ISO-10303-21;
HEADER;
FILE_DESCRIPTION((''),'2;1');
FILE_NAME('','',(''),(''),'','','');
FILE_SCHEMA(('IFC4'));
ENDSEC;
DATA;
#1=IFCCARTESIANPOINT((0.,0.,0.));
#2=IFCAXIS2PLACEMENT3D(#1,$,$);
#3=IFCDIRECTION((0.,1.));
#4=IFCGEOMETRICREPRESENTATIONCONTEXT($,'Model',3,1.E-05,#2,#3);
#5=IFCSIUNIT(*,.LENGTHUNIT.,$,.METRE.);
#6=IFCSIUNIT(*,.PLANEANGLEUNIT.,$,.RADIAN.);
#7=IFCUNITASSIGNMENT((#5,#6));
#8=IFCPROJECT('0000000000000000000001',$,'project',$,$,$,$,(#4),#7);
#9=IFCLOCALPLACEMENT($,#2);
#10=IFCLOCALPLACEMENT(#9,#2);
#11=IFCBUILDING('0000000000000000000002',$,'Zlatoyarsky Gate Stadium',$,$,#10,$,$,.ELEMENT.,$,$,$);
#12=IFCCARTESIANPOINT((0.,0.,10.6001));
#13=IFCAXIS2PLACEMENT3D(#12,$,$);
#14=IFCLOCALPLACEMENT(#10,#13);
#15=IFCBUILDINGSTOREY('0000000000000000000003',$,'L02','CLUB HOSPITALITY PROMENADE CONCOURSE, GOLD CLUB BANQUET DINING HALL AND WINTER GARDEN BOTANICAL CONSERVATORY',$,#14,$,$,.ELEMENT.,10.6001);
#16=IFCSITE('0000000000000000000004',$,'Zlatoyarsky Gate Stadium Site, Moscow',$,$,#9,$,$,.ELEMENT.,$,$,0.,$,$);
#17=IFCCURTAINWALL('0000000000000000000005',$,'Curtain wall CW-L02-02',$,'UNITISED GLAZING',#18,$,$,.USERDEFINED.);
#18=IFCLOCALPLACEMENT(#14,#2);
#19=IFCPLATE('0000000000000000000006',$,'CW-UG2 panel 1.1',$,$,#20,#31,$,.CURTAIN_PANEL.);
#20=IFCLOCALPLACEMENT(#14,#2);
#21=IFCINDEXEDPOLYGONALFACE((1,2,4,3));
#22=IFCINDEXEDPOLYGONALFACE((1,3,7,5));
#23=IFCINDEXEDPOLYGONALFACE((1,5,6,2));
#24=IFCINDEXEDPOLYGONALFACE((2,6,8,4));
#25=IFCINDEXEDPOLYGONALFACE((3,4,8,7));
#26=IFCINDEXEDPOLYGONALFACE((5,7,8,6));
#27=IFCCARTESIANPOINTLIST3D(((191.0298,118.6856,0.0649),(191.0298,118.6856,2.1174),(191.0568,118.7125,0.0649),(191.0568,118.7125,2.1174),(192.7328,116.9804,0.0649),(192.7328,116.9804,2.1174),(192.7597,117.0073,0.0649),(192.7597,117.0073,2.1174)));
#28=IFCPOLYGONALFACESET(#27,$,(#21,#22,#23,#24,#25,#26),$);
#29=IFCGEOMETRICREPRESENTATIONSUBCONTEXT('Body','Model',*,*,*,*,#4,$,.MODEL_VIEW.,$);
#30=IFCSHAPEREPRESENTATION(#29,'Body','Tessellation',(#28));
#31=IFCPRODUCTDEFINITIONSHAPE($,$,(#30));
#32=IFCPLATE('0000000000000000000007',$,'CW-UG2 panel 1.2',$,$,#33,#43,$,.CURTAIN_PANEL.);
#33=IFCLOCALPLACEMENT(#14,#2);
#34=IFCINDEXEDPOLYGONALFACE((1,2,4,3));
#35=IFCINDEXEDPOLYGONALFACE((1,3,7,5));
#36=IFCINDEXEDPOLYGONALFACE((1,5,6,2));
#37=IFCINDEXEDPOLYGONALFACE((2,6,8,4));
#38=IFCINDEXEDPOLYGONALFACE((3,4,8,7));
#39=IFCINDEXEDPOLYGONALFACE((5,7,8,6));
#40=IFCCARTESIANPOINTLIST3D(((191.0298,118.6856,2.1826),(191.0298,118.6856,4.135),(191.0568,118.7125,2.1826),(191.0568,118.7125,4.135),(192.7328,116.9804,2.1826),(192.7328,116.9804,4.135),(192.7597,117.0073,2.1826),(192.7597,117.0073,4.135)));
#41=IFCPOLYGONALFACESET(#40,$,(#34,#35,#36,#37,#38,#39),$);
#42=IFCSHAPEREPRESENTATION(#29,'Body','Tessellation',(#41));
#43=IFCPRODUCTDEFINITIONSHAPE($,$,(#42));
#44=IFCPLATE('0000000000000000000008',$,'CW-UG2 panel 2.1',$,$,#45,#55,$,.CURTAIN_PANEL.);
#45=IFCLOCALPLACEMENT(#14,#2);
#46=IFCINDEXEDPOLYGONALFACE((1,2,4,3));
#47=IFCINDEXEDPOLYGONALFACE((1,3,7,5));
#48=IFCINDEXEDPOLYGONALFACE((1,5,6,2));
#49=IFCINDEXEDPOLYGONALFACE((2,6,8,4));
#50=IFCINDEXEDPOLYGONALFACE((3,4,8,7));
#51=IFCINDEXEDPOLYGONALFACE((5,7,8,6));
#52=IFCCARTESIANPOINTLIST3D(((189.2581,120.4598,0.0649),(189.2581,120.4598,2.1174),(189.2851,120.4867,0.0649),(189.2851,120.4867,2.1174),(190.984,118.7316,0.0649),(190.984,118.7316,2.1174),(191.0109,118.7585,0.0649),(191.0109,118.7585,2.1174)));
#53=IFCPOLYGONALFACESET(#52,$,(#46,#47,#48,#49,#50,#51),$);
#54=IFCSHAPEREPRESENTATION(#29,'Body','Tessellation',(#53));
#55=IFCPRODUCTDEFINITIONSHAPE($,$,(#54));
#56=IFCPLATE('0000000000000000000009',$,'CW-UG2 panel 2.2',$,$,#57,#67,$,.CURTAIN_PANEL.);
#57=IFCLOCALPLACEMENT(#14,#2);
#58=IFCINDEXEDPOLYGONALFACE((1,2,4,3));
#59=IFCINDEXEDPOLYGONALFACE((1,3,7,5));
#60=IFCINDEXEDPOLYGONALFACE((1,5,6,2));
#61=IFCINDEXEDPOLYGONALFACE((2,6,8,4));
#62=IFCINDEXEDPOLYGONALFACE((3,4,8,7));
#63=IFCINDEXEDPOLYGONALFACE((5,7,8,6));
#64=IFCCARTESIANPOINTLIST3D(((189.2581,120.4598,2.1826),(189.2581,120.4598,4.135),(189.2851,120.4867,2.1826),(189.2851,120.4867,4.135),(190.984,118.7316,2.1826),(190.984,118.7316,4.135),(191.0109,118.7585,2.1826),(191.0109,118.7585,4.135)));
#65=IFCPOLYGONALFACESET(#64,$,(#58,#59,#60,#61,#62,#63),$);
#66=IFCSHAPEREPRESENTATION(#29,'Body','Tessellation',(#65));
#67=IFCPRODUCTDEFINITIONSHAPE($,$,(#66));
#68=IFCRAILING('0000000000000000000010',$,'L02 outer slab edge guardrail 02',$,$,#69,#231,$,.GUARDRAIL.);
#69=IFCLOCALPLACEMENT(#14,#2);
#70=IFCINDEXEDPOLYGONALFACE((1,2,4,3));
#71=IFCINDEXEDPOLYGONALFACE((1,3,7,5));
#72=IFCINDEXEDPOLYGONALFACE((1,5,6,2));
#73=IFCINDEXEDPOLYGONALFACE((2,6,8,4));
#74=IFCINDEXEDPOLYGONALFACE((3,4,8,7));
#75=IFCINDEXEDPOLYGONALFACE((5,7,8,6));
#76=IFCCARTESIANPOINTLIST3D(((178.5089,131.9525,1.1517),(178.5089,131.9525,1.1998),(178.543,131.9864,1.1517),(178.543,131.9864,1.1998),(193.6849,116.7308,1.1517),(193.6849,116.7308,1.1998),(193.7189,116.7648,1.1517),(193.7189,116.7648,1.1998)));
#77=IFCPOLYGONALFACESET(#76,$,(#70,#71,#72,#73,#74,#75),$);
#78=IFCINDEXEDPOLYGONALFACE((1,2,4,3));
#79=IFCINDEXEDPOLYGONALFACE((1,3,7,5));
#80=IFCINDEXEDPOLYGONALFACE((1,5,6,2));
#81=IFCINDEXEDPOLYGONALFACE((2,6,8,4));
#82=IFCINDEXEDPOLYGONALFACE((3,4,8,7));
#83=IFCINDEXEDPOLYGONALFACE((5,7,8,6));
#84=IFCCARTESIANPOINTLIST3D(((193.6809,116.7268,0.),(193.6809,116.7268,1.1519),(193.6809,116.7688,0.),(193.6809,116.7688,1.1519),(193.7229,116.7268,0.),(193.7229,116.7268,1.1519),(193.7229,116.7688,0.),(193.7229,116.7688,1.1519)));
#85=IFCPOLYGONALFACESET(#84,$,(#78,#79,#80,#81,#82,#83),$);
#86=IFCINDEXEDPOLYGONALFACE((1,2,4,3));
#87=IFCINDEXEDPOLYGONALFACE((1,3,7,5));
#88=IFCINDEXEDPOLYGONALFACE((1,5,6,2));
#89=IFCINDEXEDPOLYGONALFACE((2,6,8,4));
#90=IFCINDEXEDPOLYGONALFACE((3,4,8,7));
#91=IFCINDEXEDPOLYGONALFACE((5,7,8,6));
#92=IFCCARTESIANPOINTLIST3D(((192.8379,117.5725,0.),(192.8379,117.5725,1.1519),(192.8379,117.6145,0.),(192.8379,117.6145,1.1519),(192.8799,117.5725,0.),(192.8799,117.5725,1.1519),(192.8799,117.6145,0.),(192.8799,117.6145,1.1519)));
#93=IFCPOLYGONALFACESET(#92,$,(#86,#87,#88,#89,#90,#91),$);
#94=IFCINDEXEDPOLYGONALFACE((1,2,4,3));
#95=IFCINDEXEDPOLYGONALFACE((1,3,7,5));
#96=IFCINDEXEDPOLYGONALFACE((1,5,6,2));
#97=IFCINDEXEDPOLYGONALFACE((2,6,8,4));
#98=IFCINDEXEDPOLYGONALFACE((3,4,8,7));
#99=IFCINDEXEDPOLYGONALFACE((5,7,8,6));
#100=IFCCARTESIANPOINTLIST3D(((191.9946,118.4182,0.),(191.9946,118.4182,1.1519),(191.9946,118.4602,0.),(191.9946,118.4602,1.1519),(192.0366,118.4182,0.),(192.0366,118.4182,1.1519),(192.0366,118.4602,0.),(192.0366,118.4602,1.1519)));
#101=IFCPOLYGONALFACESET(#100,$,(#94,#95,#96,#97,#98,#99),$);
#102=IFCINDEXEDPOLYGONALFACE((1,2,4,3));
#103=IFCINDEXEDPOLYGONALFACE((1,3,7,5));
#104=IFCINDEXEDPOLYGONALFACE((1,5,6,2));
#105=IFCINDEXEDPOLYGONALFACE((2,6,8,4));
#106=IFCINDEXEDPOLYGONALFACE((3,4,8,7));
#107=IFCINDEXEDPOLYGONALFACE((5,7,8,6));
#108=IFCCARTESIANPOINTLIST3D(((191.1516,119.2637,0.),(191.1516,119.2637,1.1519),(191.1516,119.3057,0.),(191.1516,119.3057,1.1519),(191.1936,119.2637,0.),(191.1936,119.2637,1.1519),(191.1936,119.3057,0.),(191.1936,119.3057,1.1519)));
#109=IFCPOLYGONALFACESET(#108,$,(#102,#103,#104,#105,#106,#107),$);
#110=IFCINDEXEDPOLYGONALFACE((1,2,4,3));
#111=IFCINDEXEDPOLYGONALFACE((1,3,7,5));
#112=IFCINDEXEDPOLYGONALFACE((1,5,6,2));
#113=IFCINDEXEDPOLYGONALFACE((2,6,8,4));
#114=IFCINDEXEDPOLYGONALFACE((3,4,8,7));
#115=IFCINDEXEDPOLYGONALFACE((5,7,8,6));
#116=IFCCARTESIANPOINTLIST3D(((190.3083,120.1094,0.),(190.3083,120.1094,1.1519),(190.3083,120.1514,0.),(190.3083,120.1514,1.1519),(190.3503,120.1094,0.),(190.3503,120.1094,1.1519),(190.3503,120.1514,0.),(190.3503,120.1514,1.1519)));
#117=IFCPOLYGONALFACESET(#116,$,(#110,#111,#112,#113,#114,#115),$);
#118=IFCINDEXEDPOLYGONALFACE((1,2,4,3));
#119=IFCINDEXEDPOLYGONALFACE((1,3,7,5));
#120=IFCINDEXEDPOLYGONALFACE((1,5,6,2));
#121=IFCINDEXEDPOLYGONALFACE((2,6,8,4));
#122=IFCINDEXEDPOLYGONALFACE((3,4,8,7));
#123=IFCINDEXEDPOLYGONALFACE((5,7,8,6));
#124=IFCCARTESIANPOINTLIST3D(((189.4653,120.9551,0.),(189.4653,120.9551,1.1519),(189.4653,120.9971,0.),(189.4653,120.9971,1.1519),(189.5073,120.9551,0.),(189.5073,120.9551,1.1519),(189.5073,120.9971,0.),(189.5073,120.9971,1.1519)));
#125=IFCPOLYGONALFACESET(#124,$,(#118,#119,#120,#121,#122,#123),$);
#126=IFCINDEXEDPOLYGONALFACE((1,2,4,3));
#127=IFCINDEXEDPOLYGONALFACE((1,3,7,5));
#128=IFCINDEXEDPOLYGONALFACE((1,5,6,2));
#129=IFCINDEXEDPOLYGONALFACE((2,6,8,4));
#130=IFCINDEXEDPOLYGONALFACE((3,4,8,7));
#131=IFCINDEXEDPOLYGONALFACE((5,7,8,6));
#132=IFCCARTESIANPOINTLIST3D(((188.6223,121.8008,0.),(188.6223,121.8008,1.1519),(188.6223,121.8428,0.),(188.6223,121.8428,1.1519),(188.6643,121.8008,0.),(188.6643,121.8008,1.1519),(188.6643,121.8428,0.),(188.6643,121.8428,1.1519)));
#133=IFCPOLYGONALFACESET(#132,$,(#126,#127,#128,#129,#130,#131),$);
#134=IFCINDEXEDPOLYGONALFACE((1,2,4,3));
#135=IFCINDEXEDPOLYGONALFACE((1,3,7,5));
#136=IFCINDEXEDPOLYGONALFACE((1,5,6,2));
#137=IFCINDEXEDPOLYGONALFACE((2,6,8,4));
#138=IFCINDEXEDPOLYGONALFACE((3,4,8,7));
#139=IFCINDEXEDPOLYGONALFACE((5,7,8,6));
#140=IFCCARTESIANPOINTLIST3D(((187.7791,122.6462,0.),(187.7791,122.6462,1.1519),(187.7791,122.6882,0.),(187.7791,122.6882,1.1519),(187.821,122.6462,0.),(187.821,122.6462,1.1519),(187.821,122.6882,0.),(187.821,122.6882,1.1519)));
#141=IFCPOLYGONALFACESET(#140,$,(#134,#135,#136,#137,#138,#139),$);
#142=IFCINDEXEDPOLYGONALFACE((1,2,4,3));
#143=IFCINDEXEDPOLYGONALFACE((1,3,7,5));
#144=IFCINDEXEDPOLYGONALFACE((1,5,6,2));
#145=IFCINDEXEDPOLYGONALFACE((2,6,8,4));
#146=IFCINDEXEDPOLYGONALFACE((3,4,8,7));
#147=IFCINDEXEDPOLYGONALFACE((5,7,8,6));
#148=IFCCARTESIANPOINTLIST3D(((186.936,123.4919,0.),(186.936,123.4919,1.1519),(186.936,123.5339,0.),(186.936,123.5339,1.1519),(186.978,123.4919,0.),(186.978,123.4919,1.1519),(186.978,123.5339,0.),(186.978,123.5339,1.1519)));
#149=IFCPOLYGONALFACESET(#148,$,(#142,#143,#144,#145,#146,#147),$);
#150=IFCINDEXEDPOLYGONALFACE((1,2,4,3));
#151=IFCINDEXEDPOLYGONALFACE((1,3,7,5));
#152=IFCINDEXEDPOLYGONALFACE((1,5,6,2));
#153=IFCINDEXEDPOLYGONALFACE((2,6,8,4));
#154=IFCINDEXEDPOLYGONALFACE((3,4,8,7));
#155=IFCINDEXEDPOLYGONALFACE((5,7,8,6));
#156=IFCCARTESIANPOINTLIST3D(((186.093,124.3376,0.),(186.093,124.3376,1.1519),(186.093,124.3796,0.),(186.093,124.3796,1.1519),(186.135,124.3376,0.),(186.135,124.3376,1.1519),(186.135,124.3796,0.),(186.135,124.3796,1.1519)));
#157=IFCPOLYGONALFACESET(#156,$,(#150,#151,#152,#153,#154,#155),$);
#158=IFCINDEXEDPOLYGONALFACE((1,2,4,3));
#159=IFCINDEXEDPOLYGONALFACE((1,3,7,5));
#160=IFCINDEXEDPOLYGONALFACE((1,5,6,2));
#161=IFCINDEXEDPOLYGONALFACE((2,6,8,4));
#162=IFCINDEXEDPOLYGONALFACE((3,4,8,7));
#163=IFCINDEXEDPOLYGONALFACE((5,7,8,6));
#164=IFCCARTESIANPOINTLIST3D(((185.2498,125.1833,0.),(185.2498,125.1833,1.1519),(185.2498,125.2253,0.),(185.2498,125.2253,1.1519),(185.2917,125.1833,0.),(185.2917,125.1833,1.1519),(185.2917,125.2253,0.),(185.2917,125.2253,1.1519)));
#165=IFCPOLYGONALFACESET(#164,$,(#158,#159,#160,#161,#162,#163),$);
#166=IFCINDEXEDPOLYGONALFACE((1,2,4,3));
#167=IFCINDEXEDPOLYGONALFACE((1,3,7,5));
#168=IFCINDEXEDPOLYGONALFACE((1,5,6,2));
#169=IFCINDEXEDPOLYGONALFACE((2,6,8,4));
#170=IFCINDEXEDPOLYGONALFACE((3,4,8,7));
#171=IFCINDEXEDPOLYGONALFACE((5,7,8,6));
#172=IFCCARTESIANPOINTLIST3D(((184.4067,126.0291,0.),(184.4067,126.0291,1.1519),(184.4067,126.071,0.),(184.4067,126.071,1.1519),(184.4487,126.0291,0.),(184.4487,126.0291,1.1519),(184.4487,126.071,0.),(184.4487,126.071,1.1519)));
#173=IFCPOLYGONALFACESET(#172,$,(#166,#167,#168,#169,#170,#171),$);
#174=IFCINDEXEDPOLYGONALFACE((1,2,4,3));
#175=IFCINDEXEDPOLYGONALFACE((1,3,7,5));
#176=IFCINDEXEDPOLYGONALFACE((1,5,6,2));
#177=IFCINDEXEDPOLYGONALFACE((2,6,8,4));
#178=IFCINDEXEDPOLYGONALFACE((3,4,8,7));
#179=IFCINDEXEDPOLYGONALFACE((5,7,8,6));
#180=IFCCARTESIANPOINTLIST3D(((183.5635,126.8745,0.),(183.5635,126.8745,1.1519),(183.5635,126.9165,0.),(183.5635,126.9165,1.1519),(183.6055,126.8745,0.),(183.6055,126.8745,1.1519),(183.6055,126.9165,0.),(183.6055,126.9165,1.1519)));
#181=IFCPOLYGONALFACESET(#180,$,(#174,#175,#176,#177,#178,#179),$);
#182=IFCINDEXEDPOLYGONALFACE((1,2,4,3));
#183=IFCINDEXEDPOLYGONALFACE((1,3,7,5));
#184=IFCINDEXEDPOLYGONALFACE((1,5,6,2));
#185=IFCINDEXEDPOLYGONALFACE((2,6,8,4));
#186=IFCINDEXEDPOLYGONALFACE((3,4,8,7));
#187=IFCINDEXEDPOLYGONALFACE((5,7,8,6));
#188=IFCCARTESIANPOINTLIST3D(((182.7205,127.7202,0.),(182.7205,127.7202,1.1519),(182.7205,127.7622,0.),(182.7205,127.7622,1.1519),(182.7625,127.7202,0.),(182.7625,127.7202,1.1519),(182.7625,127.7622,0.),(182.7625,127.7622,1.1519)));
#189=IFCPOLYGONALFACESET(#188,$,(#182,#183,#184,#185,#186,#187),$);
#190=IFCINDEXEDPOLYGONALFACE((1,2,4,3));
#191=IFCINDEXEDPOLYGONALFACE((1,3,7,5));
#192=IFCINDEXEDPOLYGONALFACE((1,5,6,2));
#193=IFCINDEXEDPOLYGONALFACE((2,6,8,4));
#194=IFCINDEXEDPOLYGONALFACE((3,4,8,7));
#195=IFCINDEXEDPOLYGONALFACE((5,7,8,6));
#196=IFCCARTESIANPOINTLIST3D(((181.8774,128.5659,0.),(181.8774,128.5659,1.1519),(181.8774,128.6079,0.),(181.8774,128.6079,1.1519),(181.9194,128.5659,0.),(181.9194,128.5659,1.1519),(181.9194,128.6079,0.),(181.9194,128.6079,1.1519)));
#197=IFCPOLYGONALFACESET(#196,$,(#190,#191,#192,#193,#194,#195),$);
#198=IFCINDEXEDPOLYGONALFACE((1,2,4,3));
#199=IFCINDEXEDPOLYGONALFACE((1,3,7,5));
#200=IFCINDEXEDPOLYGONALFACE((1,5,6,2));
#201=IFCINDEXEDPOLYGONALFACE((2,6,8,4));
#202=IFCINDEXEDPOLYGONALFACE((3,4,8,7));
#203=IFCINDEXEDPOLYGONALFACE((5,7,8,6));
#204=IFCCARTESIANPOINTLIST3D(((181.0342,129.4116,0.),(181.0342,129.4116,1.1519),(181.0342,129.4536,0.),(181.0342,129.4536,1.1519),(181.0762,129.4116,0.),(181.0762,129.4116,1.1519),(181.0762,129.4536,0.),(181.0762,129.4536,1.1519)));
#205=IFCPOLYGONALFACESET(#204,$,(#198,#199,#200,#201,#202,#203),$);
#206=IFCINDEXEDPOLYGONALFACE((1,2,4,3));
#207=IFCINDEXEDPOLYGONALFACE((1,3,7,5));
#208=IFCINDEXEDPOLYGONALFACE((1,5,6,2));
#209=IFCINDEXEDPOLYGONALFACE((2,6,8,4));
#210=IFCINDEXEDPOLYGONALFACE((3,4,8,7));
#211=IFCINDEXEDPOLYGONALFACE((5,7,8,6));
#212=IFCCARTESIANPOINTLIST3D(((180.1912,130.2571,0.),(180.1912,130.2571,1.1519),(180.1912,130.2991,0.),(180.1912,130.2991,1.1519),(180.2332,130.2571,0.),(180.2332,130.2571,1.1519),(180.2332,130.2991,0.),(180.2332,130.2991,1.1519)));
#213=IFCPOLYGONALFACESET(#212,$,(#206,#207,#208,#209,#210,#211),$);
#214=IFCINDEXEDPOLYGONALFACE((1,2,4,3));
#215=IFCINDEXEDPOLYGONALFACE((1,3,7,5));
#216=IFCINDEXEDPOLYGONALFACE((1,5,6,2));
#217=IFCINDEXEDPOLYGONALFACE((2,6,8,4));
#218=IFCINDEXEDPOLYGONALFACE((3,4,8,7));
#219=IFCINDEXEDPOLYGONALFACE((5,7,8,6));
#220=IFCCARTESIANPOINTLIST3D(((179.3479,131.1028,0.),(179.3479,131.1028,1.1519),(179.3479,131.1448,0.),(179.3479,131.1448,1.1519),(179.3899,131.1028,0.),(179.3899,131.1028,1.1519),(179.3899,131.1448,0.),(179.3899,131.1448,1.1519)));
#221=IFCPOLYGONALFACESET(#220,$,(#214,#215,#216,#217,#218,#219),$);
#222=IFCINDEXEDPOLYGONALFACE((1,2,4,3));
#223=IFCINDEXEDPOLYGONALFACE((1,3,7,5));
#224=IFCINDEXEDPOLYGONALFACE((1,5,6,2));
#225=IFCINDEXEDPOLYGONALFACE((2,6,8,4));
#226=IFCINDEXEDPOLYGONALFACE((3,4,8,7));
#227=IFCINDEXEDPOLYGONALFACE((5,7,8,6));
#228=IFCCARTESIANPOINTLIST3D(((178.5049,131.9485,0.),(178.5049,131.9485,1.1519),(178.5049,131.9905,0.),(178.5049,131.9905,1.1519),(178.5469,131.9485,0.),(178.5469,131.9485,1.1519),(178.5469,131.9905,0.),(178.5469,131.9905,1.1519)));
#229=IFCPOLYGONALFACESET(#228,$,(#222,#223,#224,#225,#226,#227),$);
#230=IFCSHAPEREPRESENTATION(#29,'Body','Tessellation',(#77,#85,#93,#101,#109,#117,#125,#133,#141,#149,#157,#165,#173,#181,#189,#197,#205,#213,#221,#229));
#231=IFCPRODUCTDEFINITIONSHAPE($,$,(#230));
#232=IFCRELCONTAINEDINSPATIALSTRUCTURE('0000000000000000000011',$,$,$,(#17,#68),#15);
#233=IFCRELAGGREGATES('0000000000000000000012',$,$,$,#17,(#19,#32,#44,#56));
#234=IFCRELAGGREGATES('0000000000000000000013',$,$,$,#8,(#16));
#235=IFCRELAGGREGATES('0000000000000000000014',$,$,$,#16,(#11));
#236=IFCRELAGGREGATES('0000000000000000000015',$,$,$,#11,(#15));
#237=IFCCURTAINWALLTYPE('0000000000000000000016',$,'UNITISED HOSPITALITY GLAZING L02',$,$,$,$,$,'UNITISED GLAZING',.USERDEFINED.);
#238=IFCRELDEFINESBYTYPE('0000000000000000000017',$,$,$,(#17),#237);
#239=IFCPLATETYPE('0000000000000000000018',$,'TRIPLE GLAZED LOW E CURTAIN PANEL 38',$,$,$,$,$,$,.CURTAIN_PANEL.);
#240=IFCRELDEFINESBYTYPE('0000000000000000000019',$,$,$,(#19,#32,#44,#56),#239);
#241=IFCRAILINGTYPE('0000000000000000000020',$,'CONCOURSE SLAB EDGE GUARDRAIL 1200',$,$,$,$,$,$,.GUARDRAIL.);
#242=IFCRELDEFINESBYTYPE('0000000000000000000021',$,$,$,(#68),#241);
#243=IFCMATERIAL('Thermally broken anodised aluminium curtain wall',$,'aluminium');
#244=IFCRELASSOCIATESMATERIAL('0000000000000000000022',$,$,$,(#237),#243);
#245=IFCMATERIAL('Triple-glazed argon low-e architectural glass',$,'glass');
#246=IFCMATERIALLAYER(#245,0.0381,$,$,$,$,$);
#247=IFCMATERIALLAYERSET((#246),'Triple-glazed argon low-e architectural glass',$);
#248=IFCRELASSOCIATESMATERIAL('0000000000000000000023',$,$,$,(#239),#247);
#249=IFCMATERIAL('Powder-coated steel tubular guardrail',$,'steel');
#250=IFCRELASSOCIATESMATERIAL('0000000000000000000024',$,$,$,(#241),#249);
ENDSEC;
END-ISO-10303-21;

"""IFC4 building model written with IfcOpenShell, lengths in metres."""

from ifc_helpers import new_model, si_unit, direction, frame, origin, origin_2d, place, context, subcontext, project, spatial, rectangle, extrude, material, layer, layer_set, type_object, element, aggregate, save


model = new_model("IFC4")

# Units and contexts
model_context = context("Model", 3, precision=1e-05, world=origin(), true_north=direction((0.0, 1.0)))
body_context = subcontext(model_context, "Body", "Model", "MODEL_VIEW")
ifc_project = project(units=[si_unit("LENGTHUNIT", "METRE"), si_unit("PLANEANGLEUNIT", "RADIAN")], contexts=[model_context])

# Site, building, storey
site_placement = place(None, origin())
site = spatial("IfcSite", under=ifc_project, at=site_placement, Name="Zlatoyarsky Gate Stadium Site, Moscow", CompositionType="ELEMENT", RefElevation=0.0)
building_placement = place(site_placement, origin())
building = spatial("IfcBuilding", under=site, at=building_placement, Name="Zlatoyarsky Gate Stadium", CompositionType="ELEMENT")
storey_placement = place(building_placement, frame((0.0, 0.0, 10.6001)))
storey = spatial("IfcBuildingStorey", under=building, at=storey_placement, Name="L02", Description="CLUB HOSPITALITY PROMENADE CONCOURSE, GOLD CLUB BANQUET DINING HALL AND WINTER GARDEN BOTANICAL CONSERVATORY", CompositionType="ELEMENT", Elevation=10.6001)

# Shared definitions
ifc_material_1 = material(Name="Thermally broken anodised aluminium curtain wall", Category="aluminium")
curtain_wall_type = type_object("IfcCurtainWallType", Name="UNITISED HOSPITALITY GLAZING L02", ElementType="UNITISED GLAZING", PredefinedType="USERDEFINED", material=ifc_material_1)

# Curtain wall
curtain_wall_1_placement = place(storey_placement, origin())
curtain_wall_1 = element("IfcCurtainWall", 1, at=curtain_wall_1_placement, inside=storey, type_object=curtain_wall_type, Name="Curtain wall CW-L02-02", ObjectType="UNITISED GLAZING", PredefinedType="USERDEFINED")

# Plates
ifc_material_2 = material(Name="Triple-glazed argon low-e architectural glass", Category="glass")
ifc_layer_1 = layer(ifc_material_2, 0.0381)
ifc_layer_set_1 = layer_set([ifc_layer_1], Name="Triple-glazed argon low-e architectural glass")
plate_type_1 = type_object("IfcPlateType", Name="TRIPLE GLAZED LOW E CURTAIN PANEL 38", PredefinedType="CURTAIN_PANEL", material=ifc_layer_set_1)
plate_1_placement = place(storey_placement, frame((191.8948, 117.8464, 0.0649), z_axis=(0.0, 0.0, 1.0), x_axis=(-0.706626, 0.707588, 0.0)))
plate_1 = element("IfcPlate", 2, at=plate_1_placement, type_object=plate_type_1, Name="CW-UG2 panel 1.1", PredefinedType="CURTAIN_PANEL", context=body_context, shape_type="SweptSolid", body=[
    extrude(rectangle(XDim=2.4099, YDim=0.0381, at=origin_2d()), origin(), (0.0, 0.0, 1.0), 2.0525),
])
plate_2_placement = place(storey_placement, frame((191.8948, 117.8464, 2.1826), z_axis=(0.0, 0.0, 1.0), x_axis=(-0.706626, 0.707588, 0.0)))
plate_2 = element("IfcPlate", 3, at=plate_2_placement, type_object=plate_type_1, Name="CW-UG2 panel 1.2", PredefinedType="CURTAIN_PANEL", context=body_context, shape_type="SweptSolid", body=[
    extrude(rectangle(XDim=2.4099, YDim=0.0381, at=origin_2d()), origin(), (0.0, 0.0, 1.0), 1.9524),
])
plate_3_placement = place(storey_placement, frame((190.1345, 119.6091, 0.0649), z_axis=(0.0, 0.0, 1.0), x_axis=(-0.706626, 0.707588, 0.0)))
plate_3 = element("IfcPlate", 4, at=plate_3_placement, type_object=plate_type_1, Name="CW-UG2 panel 2.1", PredefinedType="CURTAIN_PANEL", context=body_context, shape_type="SweptSolid", body=[
    extrude(rectangle(XDim=2.4424, YDim=0.0381, at=origin_2d()), origin(), (0.0, 0.0, 1.0), 2.0525),
])
plate_4_placement = place(storey_placement, frame((190.1345, 119.6091, 2.1826), z_axis=(0.0, 0.0, 1.0), x_axis=(-0.706626, 0.707588, 0.0)))
plate_4 = element("IfcPlate", 5, at=plate_4_placement, type_object=plate_type_1, Name="CW-UG2 panel 2.2", PredefinedType="CURTAIN_PANEL", context=body_context, shape_type="SweptSolid", body=[
    extrude(rectangle(XDim=2.4424, YDim=0.0381, at=origin_2d()), origin(), (0.0, 0.0, 1.0), 1.9524),
])
aggregate(curtain_wall_1, [plate_1, plate_2, plate_3, plate_4])

# Railing
ifc_material_3 = material(Name="Powder-coated steel tubular guardrail", Category="steel")
railing_type = type_object("IfcRailingType", Name="CONCOURSE SLAB EDGE GUARDRAIL 1200", PredefinedType="GUARDRAIL", material=ifc_material_3)
railing_placement = place(storey_placement, frame((193.7019, 116.7478, 0.0)))
element("IfcRailing", 6, at=railing_placement, inside=storey, type_object=railing_type, Name="L02 outer slab edge guardrail 02", PredefinedType="GUARDRAIL", context=body_context, shape_type="SweptSolid", body=[
    extrude(rectangle(XDim=0.0481, YDim=0.0481, at=origin_2d()), frame((0.0, 0.0, 1.1758), z_axis=(-0.706044, 0.708168, 0.0), x_axis=(-0.708168, -0.706044, 0.0)), (0.0, 0.0, 1.0), 21.4944),
    extrude(rectangle(XDim=0.042, YDim=0.042, at=origin_2d()), origin(), (0.0, 0.0, 1.0), 1.1519),
    extrude(rectangle(XDim=0.042, YDim=0.042, at=origin_2d()), frame((-0.843, 0.8457, 0.0)), (0.0, 0.0, 1.0), 1.1519),
    extrude(rectangle(XDim=0.042, YDim=0.042, at=origin_2d()), frame((-1.6863, 1.6914, 0.0)), (0.0, 0.0, 1.0), 1.1519),
    extrude(rectangle(XDim=0.042, YDim=0.042, at=origin_2d()), frame((-2.5293, 2.5369, 0.0)), (0.0, 0.0, 1.0), 1.1519),
    extrude(rectangle(XDim=0.042, YDim=0.042, at=origin_2d()), frame((-3.3726, 3.3826, 0.0)), (0.0, 0.0, 1.0), 1.1519),
    extrude(rectangle(XDim=0.042, YDim=0.042, at=origin_2d()), frame((-4.2156, 4.2283, 0.0)), (0.0, 0.0, 1.0), 1.1519),
    extrude(rectangle(XDim=0.042, YDim=0.042, at=origin_2d()), frame((-5.0586, 5.074, 0.0)), (0.0, 0.0, 1.0), 1.1519),
    extrude(rectangle(XDim=0.042, YDim=0.042, at=origin_2d()), frame((-5.9019, 5.9194, 0.0)), (0.0, 0.0, 1.0), 1.1519),
    extrude(rectangle(XDim=0.042, YDim=0.042, at=origin_2d()), frame((-6.7449, 6.7651, 0.0)), (0.0, 0.0, 1.0), 1.1519),
    extrude(rectangle(XDim=0.042, YDim=0.042, at=origin_2d()), frame((-7.5879, 7.6108, 0.0)), (0.0, 0.0, 1.0), 1.1519),
    extrude(rectangle(XDim=0.042, YDim=0.042, at=origin_2d()), frame((-8.4312, 8.4565, 0.0)), (0.0, 0.0, 1.0), 1.1519),
    extrude(rectangle(XDim=0.042, YDim=0.042, at=origin_2d()), frame((-9.2742, 9.3022, 0.0)), (0.0, 0.0, 1.0), 1.1519),
    extrude(rectangle(XDim=0.042, YDim=0.042, at=origin_2d()), frame((-10.1174, 10.1477, 0.0)), (0.0, 0.0, 1.0), 1.1519),
    extrude(rectangle(XDim=0.042, YDim=0.042, at=origin_2d()), frame((-10.9604, 10.9934, 0.0)), (0.0, 0.0, 1.0), 1.1519),
    extrude(rectangle(XDim=0.042, YDim=0.042, at=origin_2d()), frame((-11.8035, 11.8391, 0.0)), (0.0, 0.0, 1.0), 1.1519),
    extrude(rectangle(XDim=0.042, YDim=0.042, at=origin_2d()), frame((-12.6467, 12.6848, 0.0)), (0.0, 0.0, 1.0), 1.1519),
    extrude(rectangle(XDim=0.042, YDim=0.042, at=origin_2d()), frame((-13.4897, 13.5303, 0.0)), (0.0, 0.0, 1.0), 1.1519),
    extrude(rectangle(XDim=0.042, YDim=0.042, at=origin_2d()), frame((-14.333, 14.376, 0.0)), (0.0, 0.0, 1.0), 1.1519),
    extrude(rectangle(XDim=0.042, YDim=0.042, at=origin_2d()), frame((-15.176, 15.2217, 0.0)), (0.0, 0.0, 1.0), 1.1519),
])

save(model, "model.ifc")
